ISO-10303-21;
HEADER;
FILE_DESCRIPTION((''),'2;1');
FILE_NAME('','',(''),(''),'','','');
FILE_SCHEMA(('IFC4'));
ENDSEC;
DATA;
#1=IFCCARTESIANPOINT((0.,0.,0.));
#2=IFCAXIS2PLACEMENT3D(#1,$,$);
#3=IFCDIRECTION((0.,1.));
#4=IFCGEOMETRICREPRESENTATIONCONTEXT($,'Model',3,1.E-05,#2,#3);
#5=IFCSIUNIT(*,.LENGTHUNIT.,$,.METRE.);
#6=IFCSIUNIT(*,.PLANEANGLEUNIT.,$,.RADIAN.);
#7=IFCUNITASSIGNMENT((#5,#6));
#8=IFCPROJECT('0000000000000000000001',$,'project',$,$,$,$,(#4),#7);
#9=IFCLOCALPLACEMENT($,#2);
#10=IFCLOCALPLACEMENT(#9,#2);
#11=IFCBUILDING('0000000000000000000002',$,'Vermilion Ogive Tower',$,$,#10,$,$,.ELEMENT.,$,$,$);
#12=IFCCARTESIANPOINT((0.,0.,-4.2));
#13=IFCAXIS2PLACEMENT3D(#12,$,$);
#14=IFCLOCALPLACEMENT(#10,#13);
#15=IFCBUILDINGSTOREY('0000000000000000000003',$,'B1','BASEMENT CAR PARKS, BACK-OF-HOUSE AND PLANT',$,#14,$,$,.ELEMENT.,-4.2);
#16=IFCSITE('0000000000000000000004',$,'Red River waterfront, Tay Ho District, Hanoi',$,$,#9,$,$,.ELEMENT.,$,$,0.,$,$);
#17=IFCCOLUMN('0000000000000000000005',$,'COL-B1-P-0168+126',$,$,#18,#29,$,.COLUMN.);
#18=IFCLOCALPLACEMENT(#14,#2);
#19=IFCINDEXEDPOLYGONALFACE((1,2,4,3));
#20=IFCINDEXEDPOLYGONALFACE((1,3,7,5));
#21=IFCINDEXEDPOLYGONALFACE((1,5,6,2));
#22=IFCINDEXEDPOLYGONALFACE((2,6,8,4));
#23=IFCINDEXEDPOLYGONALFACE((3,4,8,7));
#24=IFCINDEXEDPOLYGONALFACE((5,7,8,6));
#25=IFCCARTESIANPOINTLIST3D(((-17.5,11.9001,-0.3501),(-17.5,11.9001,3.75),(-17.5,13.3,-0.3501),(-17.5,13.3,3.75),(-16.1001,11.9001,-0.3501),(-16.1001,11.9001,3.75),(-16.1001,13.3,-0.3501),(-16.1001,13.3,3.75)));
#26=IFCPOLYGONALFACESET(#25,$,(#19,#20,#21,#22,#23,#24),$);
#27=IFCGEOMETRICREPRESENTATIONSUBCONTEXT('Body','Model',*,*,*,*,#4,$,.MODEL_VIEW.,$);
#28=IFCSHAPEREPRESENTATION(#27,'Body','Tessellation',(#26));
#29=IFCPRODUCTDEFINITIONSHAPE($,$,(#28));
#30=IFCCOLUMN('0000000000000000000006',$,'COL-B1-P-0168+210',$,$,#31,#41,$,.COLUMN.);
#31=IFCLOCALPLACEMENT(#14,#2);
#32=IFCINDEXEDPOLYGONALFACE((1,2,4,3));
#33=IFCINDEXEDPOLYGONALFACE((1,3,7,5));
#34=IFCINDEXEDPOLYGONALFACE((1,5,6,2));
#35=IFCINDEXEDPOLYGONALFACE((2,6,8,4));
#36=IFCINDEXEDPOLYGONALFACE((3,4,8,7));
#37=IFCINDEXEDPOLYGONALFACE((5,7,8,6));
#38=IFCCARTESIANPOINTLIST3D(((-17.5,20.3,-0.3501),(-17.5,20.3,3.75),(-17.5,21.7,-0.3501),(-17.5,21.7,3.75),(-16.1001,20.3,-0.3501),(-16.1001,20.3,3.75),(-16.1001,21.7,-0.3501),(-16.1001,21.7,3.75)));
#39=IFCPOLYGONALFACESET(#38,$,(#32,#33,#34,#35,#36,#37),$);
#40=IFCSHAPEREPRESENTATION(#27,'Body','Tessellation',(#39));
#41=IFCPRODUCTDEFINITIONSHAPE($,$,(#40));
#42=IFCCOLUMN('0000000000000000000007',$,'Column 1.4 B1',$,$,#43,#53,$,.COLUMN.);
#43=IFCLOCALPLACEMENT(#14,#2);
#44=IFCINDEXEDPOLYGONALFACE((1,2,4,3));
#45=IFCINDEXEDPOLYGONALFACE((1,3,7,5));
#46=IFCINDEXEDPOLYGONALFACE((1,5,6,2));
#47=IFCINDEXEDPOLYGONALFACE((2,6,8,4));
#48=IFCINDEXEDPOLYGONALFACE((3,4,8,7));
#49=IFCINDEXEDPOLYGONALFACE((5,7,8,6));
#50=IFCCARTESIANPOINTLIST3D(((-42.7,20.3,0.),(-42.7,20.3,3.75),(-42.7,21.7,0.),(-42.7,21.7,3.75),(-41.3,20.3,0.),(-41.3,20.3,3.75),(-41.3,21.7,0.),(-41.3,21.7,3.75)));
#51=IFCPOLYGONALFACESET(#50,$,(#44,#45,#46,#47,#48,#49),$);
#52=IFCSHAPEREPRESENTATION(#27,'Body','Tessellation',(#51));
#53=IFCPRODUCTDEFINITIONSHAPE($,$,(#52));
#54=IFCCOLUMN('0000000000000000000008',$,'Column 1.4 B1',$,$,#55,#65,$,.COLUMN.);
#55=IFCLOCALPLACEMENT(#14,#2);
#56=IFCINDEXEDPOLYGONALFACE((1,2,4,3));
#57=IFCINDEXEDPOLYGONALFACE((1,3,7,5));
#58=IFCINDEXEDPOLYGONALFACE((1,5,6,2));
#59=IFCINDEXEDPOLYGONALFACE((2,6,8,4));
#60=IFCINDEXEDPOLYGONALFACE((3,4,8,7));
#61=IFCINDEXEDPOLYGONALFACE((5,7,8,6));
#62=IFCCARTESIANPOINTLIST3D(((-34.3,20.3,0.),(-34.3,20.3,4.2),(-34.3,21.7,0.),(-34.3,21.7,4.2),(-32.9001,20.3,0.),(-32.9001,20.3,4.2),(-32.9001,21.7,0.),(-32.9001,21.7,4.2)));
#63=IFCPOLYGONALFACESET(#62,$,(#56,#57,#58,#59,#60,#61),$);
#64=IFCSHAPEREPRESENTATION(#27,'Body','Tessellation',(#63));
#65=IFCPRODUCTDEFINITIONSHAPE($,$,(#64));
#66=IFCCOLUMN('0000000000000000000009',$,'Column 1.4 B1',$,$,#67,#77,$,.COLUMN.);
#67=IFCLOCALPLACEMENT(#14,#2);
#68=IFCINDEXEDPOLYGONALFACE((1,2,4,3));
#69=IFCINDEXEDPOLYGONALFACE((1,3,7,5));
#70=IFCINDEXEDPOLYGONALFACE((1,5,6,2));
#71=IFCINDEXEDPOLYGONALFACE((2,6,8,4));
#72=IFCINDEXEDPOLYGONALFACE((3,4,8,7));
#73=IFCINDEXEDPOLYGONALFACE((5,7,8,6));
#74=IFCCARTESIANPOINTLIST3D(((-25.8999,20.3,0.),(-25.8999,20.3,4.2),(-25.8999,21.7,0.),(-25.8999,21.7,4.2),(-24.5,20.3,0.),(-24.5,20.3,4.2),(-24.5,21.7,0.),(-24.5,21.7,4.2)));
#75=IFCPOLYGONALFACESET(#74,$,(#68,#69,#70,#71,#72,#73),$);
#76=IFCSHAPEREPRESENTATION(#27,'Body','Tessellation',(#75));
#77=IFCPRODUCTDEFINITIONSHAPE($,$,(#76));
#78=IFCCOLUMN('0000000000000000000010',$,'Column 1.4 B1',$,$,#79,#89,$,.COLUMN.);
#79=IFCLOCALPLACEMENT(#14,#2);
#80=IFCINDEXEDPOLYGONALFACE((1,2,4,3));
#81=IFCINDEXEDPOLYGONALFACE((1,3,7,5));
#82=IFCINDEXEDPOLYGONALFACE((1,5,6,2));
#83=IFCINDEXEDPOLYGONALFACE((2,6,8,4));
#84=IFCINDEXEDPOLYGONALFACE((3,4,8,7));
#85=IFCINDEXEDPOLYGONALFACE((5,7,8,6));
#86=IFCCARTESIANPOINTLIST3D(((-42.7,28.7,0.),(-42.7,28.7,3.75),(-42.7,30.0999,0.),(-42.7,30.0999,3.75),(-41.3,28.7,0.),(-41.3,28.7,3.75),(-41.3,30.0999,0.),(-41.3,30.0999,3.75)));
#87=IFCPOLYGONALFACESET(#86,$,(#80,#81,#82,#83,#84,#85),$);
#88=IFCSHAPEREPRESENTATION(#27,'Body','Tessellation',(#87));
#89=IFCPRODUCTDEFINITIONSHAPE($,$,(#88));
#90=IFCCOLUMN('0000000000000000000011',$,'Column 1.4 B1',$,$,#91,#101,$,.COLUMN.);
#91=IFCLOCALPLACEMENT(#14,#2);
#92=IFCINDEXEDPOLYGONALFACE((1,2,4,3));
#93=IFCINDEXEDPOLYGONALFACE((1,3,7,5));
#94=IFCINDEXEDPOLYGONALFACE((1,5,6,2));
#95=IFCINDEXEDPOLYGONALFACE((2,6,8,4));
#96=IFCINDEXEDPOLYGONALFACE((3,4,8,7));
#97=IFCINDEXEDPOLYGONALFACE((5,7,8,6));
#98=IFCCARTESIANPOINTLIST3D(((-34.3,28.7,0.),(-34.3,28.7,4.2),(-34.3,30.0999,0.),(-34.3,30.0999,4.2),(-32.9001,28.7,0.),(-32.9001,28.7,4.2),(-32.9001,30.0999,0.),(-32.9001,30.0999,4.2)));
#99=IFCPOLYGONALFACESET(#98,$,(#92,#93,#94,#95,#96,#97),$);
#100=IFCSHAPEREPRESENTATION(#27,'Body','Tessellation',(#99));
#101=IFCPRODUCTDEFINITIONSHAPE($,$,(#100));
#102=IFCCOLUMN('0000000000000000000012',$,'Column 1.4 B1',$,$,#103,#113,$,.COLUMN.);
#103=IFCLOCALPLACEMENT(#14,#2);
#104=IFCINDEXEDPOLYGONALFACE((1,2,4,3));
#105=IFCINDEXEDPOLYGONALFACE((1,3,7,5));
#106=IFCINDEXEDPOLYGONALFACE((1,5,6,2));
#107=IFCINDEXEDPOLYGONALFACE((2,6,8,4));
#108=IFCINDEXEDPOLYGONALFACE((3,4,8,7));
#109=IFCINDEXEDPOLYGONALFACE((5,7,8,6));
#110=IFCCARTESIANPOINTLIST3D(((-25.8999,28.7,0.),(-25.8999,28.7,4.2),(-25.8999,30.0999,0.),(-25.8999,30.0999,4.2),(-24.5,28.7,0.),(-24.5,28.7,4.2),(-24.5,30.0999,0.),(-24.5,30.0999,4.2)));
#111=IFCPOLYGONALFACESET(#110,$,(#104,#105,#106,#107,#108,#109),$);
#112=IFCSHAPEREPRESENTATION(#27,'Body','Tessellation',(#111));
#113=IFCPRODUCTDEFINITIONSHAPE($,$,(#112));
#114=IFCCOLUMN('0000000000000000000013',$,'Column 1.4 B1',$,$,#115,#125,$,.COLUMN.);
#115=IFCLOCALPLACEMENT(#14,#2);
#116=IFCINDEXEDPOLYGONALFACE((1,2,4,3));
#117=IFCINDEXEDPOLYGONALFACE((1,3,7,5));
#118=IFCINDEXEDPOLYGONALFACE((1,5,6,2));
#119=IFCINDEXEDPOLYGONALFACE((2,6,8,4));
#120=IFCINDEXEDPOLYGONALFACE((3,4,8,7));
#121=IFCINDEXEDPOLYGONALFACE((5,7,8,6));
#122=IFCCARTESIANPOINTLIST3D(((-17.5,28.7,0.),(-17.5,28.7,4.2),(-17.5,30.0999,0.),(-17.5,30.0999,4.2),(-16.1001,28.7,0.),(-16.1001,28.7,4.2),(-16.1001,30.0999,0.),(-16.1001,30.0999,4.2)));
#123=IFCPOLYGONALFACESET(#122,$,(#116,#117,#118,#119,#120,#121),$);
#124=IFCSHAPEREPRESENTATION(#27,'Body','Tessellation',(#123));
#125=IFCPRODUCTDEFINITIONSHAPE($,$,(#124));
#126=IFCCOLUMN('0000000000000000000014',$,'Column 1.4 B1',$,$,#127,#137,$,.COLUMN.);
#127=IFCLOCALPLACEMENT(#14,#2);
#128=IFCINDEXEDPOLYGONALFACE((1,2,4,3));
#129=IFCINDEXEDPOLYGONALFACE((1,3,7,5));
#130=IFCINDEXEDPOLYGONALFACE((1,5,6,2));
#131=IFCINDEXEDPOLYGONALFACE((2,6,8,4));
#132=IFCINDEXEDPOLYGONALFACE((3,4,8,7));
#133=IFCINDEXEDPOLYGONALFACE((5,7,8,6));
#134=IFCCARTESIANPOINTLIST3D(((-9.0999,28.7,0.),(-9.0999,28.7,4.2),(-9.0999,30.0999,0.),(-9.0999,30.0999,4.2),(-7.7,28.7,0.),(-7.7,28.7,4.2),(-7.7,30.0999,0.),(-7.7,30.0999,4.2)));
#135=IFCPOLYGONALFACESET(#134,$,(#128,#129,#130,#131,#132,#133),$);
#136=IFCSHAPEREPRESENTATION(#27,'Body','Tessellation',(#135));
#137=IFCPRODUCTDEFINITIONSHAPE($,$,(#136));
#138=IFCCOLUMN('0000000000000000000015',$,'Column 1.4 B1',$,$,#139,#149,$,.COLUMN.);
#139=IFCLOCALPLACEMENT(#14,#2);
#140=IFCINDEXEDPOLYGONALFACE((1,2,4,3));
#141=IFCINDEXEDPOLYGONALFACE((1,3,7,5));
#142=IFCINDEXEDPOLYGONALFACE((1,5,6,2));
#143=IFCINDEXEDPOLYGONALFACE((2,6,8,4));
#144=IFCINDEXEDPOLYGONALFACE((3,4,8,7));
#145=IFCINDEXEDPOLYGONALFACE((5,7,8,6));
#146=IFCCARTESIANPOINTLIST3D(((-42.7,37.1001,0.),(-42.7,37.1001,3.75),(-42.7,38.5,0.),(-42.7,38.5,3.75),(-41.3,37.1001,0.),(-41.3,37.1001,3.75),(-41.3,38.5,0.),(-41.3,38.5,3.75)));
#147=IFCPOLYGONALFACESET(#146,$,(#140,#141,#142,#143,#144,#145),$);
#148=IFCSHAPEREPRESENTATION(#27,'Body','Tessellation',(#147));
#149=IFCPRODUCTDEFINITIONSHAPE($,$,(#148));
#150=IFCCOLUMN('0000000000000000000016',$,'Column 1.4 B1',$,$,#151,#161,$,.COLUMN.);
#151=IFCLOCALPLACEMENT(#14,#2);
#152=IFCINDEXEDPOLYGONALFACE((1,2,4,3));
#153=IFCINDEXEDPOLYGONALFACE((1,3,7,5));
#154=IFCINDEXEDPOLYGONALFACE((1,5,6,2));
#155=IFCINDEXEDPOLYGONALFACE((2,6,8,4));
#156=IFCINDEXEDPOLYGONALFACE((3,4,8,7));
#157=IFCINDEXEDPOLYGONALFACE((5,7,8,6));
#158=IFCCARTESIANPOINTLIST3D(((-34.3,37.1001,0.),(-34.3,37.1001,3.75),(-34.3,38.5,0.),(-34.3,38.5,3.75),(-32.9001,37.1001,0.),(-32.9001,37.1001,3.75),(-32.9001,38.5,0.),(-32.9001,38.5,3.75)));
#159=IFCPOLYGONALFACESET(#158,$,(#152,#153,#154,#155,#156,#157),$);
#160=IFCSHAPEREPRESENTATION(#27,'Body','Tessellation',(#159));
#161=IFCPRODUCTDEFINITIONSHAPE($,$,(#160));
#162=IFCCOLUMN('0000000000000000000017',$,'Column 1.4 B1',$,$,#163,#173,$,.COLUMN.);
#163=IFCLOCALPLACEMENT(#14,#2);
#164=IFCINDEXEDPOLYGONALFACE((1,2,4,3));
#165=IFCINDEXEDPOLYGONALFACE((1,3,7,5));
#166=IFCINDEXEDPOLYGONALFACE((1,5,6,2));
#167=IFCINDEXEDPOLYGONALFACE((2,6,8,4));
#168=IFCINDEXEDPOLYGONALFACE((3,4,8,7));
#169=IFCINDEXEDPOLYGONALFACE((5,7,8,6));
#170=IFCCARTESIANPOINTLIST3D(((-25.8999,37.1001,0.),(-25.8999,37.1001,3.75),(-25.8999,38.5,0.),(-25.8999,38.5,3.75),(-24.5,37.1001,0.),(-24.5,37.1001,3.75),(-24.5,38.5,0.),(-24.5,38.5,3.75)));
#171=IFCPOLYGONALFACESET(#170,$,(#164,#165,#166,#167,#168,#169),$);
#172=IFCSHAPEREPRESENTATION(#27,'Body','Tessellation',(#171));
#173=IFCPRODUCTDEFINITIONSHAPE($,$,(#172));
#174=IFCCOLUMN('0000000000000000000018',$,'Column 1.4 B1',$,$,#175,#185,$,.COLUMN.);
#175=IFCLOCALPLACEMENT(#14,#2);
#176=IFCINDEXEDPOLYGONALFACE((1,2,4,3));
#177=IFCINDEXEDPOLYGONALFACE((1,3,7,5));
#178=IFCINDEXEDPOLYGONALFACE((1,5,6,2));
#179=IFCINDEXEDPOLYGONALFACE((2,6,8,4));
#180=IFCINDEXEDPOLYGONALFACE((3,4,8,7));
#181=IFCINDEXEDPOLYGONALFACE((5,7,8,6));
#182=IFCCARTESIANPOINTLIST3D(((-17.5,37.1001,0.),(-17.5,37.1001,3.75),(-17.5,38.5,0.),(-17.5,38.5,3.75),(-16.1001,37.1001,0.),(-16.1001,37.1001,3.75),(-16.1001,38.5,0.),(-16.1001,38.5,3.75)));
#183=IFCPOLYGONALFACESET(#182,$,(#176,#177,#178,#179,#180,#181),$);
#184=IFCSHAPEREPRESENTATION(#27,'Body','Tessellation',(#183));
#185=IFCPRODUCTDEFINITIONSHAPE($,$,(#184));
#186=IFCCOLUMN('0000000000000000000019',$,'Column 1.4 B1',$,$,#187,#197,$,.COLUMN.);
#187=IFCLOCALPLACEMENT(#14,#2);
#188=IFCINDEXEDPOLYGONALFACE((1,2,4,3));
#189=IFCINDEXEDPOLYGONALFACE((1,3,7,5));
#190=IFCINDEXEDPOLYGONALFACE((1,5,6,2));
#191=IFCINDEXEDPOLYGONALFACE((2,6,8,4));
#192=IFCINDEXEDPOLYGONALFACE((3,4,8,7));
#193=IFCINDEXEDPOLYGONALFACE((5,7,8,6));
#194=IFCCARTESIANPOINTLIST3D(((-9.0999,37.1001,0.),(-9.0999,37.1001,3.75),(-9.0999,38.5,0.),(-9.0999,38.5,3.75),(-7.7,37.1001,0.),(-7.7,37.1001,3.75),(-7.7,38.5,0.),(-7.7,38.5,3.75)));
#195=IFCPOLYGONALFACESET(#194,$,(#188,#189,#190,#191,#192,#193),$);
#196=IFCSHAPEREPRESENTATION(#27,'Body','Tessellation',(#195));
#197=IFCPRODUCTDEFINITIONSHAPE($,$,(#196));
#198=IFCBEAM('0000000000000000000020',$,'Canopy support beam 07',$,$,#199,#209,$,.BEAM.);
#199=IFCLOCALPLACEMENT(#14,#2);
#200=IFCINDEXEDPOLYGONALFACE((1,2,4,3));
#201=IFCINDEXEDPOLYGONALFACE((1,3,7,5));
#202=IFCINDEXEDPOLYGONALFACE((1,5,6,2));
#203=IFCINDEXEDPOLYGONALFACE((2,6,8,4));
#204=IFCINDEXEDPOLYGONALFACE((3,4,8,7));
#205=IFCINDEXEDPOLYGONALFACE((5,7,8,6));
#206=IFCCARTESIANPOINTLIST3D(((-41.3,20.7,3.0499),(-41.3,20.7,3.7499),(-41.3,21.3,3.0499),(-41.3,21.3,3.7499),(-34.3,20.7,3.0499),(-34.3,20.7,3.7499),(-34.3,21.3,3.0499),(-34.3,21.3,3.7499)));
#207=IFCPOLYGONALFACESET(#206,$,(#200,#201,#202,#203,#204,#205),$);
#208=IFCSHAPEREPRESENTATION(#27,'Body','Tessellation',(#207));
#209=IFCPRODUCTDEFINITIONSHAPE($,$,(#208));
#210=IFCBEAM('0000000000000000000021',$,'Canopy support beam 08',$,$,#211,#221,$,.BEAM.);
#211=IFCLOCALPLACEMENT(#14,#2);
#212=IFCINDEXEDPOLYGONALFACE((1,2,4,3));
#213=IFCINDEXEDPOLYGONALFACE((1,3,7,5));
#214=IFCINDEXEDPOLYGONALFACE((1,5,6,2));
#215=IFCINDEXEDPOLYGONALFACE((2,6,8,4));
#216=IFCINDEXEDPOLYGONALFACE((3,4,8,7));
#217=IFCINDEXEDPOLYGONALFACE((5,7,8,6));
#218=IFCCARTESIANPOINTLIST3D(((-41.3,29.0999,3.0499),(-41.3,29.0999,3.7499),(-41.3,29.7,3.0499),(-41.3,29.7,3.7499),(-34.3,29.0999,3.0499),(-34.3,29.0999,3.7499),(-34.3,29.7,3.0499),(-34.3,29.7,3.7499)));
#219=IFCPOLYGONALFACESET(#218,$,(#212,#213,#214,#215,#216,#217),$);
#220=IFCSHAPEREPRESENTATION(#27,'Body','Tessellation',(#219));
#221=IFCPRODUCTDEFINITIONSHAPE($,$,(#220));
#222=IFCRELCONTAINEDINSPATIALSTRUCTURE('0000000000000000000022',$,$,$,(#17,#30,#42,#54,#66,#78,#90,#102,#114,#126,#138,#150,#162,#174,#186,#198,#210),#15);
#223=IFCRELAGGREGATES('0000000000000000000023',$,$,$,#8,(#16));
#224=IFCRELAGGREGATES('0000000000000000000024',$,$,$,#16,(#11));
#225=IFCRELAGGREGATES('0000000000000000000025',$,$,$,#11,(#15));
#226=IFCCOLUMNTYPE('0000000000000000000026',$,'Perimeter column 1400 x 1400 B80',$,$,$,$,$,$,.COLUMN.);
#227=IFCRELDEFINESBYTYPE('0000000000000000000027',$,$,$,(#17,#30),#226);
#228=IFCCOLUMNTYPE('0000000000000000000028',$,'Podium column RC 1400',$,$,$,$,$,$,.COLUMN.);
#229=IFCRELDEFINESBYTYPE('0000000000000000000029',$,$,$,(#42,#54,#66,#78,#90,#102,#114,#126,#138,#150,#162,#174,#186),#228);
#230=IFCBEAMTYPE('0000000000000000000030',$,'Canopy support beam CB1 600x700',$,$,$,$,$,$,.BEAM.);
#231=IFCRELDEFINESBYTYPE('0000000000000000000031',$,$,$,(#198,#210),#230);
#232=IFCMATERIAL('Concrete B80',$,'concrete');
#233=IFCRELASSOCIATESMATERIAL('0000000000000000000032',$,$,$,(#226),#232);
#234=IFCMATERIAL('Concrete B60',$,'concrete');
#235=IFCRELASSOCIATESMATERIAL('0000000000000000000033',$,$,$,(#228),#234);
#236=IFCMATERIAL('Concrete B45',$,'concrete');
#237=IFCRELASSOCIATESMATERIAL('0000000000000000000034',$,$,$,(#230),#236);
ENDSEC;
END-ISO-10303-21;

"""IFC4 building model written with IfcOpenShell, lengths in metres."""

from ifc_helpers import new_model, si_unit, direction, frame, origin, origin_2d, place, context, subcontext, project, spatial, rectangle, extrude, material, material_profile, profile_set, type_object, element, save


model = new_model("IFC4")

# Units and contexts
model_context = context("Model", 3, precision=1e-05, world=origin(), true_north=direction((0.0, 1.0)))
body_context = subcontext(model_context, "Body", "Model", "MODEL_VIEW")
ifc_project = project(units=[si_unit("LENGTHUNIT", "METRE"), si_unit("PLANEANGLEUNIT", "RADIAN")], contexts=[model_context])

# Site, building, storey
site_placement = place(None, origin())
site = spatial("IfcSite", under=ifc_project, at=site_placement, Name="Red River waterfront, Tay Ho District, Hanoi", CompositionType="ELEMENT", RefElevation=0.0)
building_placement = place(site_placement, origin())
building = spatial("IfcBuilding", under=site, at=building_placement, Name="Vermilion Ogive Tower", CompositionType="ELEMENT")
storey_placement = place(building_placement, frame((0.0, 0.0, -4.2)))
storey = spatial("IfcBuildingStorey", under=building, at=storey_placement, Name="B1", Description="BASEMENT CAR PARKS, BACK-OF-HOUSE AND PLANT", CompositionType="ELEMENT", Elevation=-4.2)

# Columns
ifc_material_1 = material(Name="Concrete B80", Category="concrete")
ifc_material_profile_1 = material_profile(ifc_material_1, rectangle(XDim=1.3999, YDim=1.3999, at=origin_2d()), Name="1400 x 1400")
ifc_profile_set_1 = profile_set([ifc_material_profile_1], Name="Concrete B80")
column_type_1 = type_object("IfcColumnType", Name="Perimeter column 1400 x 1400 B80", PredefinedType="COLUMN", material=ifc_profile_set_1)
for number, where, z_axis, x_axis, name in (
    (1, (-16.8, 12.6001, -0.3501), (0.0, 0.0, 1.0), (1.0, 0.0, 0.0), "COL-B1-P-0168+126"),
    (2, (-16.8, 21.0, -0.3501), (0.0, 0.0, 1.0), (1.0, 0.0, 0.0), "COL-B1-P-0168+210"),
):
    element("IfcColumn", number, at=place(storey_placement, frame(where, z_axis=z_axis, x_axis=x_axis)), inside=storey, type_object=column_type_1, Name=name, PredefinedType="COLUMN", context=body_context, shape_type="SweptSolid", body=[
        extrude(rectangle(XDim=1.3999, YDim=1.3999, at=origin_2d()), origin(), (0.0, 0.0, 1.0), 4.1001),
    ])
ifc_material_2 = material(Name="Concrete B60", Category="concrete")
ifc_material_profile_2 = material_profile(ifc_material_2, rectangle(XDim=1.3999, YDim=1.3999, at=origin_2d()), Name="RC 1400x1400")
ifc_profile_set_2 = profile_set([ifc_material_profile_2], Name="Concrete B60")
column_type_2 = type_object("IfcColumnType", Name="Podium column RC 1400", PredefinedType="COLUMN", material=ifc_profile_set_2)
column_1_placement = place(storey_placement, frame((-42.0, 21.0, 0.0), z_axis=(0.0, 0.0, 1.0), x_axis=(1.0, 0.0, 0.0)))
element("IfcColumn", 3, at=column_1_placement, inside=storey, type_object=column_type_2, Name="Column 1.4 B1", PredefinedType="COLUMN", context=body_context, shape_type="SweptSolid", body=[
    extrude(rectangle(XDim=1.3999, YDim=1.3999, at=origin_2d()), origin(), (0.0, 0.0, 1.0), 3.75),
])
for number, where, z_axis, x_axis, name in (
    (4, (-33.6001, 21.0, 0.0), (0.0, 0.0, 1.0), (1.0, 0.0, 0.0), "Column 1.4 B1"),
    (5, (-25.2, 21.0, 0.0), (0.0, 0.0, 1.0), (1.0, 0.0, 0.0), "Column 1.4 B1"),
):
    element("IfcColumn", number, at=place(storey_placement, frame(where, z_axis=z_axis, x_axis=x_axis)), inside=storey, type_object=column_type_2, Name=name, PredefinedType="COLUMN", context=body_context, shape_type="SweptSolid", body=[
        extrude(rectangle(XDim=1.3999, YDim=1.3999, at=origin_2d()), origin(), (0.0, 0.0, 1.0), 4.2),
    ])
column_2_placement = place(storey_placement, frame((-42.0, 29.3999, 0.0), z_axis=(0.0, 0.0, 1.0), x_axis=(1.0, 0.0, 0.0)))
element("IfcColumn", 6, at=column_2_placement, inside=storey, type_object=column_type_2, Name="Column 1.4 B1", PredefinedType="COLUMN", context=body_context, shape_type="SweptSolid", body=[
    extrude(rectangle(XDim=1.3999, YDim=1.3999, at=origin_2d()), origin(), (0.0, 0.0, 1.0), 3.75),
])
for number, where, z_axis, x_axis, name in (
    (7, (-33.6001, 29.3999, 0.0), (0.0, 0.0, 1.0), (1.0, 0.0, 0.0), "Column 1.4 B1"),
    (8, (-25.2, 29.3999, 0.0), (0.0, 0.0, 1.0), (1.0, 0.0, 0.0), "Column 1.4 B1"),
    (9, (-16.8, 29.3999, 0.0), (0.0, 0.0, 1.0), (1.0, 0.0, 0.0), "Column 1.4 B1"),
    (10, (-8.3999, 29.3999, 0.0), (0.0, 0.0, 1.0), (1.0, 0.0, 0.0), "Column 1.4 B1"),
):
    element("IfcColumn", number, at=place(storey_placement, frame(where, z_axis=z_axis, x_axis=x_axis)), inside=storey, type_object=column_type_2, Name=name, PredefinedType="COLUMN", context=body_context, shape_type="SweptSolid", body=[
        extrude(rectangle(XDim=1.3999, YDim=1.3999, at=origin_2d()), origin(), (0.0, 0.0, 1.0), 4.2),
    ])
for number, where, z_axis, x_axis, name in (
    (11, (-42.0, 37.8, 0.0), (0.0, 0.0, 1.0), (1.0, 0.0, 0.0), "Column 1.4 B1"),
    (12, (-33.6001, 37.8, 0.0), (0.0, 0.0, 1.0), (1.0, 0.0, 0.0), "Column 1.4 B1"),
    (13, (-25.2, 37.8, 0.0), (0.0, 0.0, 1.0), (1.0, 0.0, 0.0), "Column 1.4 B1"),
    (14, (-16.8, 37.8, 0.0), (0.0, 0.0, 1.0), (1.0, 0.0, 0.0), "Column 1.4 B1"),
    (15, (-8.3999, 37.8, 0.0), (0.0, 0.0, 1.0), (1.0, 0.0, 0.0), "Column 1.4 B1"),
):
    element("IfcColumn", number, at=place(storey_placement, frame(where, z_axis=z_axis, x_axis=x_axis)), inside=storey, type_object=column_type_2, Name=name, PredefinedType="COLUMN", context=body_context, shape_type="SweptSolid", body=[
        extrude(rectangle(XDim=1.3999, YDim=1.3999, at=origin_2d()), origin(), (0.0, 0.0, 1.0), 3.75),
    ])

# Beams
ifc_material_3 = material(Name="Concrete B45", Category="concrete")
ifc_material_profile_3 = material_profile(ifc_material_3, rectangle(XDim=0.6001, YDim=0.7, at=origin_2d()), Name="RC 600x700")
ifc_profile_set_3 = profile_set([ifc_material_profile_3], Name="Concrete B45")
beam_type = type_object("IfcBeamType", Name="Canopy support beam CB1 600x700", PredefinedType="BEAM", material=ifc_profile_set_3)
for number, where, z_axis, x_axis, name in (
    (16, (-41.3, 21.0, 3.3999), (1.0, 0.0, 0.0), (0.0, 1.0, 0.0), "Canopy support beam 07"),
    (17, (-41.3, 29.3999, 3.3999), (1.0, 0.0, 0.0), (0.0, 1.0, 0.0), "Canopy support beam 08"),
):
    element("IfcBeam", number, at=place(storey_placement, frame(where, z_axis=z_axis, x_axis=x_axis)), inside=storey, type_object=beam_type, Name=name, PredefinedType="BEAM", context=body_context, shape_type="SweptSolid", body=[
        extrude(rectangle(XDim=0.6001, YDim=0.7, at=origin_2d()), origin(), (0.0, 0.0, 1.0), 7.0),
    ])

save(model, "model.ifc")
